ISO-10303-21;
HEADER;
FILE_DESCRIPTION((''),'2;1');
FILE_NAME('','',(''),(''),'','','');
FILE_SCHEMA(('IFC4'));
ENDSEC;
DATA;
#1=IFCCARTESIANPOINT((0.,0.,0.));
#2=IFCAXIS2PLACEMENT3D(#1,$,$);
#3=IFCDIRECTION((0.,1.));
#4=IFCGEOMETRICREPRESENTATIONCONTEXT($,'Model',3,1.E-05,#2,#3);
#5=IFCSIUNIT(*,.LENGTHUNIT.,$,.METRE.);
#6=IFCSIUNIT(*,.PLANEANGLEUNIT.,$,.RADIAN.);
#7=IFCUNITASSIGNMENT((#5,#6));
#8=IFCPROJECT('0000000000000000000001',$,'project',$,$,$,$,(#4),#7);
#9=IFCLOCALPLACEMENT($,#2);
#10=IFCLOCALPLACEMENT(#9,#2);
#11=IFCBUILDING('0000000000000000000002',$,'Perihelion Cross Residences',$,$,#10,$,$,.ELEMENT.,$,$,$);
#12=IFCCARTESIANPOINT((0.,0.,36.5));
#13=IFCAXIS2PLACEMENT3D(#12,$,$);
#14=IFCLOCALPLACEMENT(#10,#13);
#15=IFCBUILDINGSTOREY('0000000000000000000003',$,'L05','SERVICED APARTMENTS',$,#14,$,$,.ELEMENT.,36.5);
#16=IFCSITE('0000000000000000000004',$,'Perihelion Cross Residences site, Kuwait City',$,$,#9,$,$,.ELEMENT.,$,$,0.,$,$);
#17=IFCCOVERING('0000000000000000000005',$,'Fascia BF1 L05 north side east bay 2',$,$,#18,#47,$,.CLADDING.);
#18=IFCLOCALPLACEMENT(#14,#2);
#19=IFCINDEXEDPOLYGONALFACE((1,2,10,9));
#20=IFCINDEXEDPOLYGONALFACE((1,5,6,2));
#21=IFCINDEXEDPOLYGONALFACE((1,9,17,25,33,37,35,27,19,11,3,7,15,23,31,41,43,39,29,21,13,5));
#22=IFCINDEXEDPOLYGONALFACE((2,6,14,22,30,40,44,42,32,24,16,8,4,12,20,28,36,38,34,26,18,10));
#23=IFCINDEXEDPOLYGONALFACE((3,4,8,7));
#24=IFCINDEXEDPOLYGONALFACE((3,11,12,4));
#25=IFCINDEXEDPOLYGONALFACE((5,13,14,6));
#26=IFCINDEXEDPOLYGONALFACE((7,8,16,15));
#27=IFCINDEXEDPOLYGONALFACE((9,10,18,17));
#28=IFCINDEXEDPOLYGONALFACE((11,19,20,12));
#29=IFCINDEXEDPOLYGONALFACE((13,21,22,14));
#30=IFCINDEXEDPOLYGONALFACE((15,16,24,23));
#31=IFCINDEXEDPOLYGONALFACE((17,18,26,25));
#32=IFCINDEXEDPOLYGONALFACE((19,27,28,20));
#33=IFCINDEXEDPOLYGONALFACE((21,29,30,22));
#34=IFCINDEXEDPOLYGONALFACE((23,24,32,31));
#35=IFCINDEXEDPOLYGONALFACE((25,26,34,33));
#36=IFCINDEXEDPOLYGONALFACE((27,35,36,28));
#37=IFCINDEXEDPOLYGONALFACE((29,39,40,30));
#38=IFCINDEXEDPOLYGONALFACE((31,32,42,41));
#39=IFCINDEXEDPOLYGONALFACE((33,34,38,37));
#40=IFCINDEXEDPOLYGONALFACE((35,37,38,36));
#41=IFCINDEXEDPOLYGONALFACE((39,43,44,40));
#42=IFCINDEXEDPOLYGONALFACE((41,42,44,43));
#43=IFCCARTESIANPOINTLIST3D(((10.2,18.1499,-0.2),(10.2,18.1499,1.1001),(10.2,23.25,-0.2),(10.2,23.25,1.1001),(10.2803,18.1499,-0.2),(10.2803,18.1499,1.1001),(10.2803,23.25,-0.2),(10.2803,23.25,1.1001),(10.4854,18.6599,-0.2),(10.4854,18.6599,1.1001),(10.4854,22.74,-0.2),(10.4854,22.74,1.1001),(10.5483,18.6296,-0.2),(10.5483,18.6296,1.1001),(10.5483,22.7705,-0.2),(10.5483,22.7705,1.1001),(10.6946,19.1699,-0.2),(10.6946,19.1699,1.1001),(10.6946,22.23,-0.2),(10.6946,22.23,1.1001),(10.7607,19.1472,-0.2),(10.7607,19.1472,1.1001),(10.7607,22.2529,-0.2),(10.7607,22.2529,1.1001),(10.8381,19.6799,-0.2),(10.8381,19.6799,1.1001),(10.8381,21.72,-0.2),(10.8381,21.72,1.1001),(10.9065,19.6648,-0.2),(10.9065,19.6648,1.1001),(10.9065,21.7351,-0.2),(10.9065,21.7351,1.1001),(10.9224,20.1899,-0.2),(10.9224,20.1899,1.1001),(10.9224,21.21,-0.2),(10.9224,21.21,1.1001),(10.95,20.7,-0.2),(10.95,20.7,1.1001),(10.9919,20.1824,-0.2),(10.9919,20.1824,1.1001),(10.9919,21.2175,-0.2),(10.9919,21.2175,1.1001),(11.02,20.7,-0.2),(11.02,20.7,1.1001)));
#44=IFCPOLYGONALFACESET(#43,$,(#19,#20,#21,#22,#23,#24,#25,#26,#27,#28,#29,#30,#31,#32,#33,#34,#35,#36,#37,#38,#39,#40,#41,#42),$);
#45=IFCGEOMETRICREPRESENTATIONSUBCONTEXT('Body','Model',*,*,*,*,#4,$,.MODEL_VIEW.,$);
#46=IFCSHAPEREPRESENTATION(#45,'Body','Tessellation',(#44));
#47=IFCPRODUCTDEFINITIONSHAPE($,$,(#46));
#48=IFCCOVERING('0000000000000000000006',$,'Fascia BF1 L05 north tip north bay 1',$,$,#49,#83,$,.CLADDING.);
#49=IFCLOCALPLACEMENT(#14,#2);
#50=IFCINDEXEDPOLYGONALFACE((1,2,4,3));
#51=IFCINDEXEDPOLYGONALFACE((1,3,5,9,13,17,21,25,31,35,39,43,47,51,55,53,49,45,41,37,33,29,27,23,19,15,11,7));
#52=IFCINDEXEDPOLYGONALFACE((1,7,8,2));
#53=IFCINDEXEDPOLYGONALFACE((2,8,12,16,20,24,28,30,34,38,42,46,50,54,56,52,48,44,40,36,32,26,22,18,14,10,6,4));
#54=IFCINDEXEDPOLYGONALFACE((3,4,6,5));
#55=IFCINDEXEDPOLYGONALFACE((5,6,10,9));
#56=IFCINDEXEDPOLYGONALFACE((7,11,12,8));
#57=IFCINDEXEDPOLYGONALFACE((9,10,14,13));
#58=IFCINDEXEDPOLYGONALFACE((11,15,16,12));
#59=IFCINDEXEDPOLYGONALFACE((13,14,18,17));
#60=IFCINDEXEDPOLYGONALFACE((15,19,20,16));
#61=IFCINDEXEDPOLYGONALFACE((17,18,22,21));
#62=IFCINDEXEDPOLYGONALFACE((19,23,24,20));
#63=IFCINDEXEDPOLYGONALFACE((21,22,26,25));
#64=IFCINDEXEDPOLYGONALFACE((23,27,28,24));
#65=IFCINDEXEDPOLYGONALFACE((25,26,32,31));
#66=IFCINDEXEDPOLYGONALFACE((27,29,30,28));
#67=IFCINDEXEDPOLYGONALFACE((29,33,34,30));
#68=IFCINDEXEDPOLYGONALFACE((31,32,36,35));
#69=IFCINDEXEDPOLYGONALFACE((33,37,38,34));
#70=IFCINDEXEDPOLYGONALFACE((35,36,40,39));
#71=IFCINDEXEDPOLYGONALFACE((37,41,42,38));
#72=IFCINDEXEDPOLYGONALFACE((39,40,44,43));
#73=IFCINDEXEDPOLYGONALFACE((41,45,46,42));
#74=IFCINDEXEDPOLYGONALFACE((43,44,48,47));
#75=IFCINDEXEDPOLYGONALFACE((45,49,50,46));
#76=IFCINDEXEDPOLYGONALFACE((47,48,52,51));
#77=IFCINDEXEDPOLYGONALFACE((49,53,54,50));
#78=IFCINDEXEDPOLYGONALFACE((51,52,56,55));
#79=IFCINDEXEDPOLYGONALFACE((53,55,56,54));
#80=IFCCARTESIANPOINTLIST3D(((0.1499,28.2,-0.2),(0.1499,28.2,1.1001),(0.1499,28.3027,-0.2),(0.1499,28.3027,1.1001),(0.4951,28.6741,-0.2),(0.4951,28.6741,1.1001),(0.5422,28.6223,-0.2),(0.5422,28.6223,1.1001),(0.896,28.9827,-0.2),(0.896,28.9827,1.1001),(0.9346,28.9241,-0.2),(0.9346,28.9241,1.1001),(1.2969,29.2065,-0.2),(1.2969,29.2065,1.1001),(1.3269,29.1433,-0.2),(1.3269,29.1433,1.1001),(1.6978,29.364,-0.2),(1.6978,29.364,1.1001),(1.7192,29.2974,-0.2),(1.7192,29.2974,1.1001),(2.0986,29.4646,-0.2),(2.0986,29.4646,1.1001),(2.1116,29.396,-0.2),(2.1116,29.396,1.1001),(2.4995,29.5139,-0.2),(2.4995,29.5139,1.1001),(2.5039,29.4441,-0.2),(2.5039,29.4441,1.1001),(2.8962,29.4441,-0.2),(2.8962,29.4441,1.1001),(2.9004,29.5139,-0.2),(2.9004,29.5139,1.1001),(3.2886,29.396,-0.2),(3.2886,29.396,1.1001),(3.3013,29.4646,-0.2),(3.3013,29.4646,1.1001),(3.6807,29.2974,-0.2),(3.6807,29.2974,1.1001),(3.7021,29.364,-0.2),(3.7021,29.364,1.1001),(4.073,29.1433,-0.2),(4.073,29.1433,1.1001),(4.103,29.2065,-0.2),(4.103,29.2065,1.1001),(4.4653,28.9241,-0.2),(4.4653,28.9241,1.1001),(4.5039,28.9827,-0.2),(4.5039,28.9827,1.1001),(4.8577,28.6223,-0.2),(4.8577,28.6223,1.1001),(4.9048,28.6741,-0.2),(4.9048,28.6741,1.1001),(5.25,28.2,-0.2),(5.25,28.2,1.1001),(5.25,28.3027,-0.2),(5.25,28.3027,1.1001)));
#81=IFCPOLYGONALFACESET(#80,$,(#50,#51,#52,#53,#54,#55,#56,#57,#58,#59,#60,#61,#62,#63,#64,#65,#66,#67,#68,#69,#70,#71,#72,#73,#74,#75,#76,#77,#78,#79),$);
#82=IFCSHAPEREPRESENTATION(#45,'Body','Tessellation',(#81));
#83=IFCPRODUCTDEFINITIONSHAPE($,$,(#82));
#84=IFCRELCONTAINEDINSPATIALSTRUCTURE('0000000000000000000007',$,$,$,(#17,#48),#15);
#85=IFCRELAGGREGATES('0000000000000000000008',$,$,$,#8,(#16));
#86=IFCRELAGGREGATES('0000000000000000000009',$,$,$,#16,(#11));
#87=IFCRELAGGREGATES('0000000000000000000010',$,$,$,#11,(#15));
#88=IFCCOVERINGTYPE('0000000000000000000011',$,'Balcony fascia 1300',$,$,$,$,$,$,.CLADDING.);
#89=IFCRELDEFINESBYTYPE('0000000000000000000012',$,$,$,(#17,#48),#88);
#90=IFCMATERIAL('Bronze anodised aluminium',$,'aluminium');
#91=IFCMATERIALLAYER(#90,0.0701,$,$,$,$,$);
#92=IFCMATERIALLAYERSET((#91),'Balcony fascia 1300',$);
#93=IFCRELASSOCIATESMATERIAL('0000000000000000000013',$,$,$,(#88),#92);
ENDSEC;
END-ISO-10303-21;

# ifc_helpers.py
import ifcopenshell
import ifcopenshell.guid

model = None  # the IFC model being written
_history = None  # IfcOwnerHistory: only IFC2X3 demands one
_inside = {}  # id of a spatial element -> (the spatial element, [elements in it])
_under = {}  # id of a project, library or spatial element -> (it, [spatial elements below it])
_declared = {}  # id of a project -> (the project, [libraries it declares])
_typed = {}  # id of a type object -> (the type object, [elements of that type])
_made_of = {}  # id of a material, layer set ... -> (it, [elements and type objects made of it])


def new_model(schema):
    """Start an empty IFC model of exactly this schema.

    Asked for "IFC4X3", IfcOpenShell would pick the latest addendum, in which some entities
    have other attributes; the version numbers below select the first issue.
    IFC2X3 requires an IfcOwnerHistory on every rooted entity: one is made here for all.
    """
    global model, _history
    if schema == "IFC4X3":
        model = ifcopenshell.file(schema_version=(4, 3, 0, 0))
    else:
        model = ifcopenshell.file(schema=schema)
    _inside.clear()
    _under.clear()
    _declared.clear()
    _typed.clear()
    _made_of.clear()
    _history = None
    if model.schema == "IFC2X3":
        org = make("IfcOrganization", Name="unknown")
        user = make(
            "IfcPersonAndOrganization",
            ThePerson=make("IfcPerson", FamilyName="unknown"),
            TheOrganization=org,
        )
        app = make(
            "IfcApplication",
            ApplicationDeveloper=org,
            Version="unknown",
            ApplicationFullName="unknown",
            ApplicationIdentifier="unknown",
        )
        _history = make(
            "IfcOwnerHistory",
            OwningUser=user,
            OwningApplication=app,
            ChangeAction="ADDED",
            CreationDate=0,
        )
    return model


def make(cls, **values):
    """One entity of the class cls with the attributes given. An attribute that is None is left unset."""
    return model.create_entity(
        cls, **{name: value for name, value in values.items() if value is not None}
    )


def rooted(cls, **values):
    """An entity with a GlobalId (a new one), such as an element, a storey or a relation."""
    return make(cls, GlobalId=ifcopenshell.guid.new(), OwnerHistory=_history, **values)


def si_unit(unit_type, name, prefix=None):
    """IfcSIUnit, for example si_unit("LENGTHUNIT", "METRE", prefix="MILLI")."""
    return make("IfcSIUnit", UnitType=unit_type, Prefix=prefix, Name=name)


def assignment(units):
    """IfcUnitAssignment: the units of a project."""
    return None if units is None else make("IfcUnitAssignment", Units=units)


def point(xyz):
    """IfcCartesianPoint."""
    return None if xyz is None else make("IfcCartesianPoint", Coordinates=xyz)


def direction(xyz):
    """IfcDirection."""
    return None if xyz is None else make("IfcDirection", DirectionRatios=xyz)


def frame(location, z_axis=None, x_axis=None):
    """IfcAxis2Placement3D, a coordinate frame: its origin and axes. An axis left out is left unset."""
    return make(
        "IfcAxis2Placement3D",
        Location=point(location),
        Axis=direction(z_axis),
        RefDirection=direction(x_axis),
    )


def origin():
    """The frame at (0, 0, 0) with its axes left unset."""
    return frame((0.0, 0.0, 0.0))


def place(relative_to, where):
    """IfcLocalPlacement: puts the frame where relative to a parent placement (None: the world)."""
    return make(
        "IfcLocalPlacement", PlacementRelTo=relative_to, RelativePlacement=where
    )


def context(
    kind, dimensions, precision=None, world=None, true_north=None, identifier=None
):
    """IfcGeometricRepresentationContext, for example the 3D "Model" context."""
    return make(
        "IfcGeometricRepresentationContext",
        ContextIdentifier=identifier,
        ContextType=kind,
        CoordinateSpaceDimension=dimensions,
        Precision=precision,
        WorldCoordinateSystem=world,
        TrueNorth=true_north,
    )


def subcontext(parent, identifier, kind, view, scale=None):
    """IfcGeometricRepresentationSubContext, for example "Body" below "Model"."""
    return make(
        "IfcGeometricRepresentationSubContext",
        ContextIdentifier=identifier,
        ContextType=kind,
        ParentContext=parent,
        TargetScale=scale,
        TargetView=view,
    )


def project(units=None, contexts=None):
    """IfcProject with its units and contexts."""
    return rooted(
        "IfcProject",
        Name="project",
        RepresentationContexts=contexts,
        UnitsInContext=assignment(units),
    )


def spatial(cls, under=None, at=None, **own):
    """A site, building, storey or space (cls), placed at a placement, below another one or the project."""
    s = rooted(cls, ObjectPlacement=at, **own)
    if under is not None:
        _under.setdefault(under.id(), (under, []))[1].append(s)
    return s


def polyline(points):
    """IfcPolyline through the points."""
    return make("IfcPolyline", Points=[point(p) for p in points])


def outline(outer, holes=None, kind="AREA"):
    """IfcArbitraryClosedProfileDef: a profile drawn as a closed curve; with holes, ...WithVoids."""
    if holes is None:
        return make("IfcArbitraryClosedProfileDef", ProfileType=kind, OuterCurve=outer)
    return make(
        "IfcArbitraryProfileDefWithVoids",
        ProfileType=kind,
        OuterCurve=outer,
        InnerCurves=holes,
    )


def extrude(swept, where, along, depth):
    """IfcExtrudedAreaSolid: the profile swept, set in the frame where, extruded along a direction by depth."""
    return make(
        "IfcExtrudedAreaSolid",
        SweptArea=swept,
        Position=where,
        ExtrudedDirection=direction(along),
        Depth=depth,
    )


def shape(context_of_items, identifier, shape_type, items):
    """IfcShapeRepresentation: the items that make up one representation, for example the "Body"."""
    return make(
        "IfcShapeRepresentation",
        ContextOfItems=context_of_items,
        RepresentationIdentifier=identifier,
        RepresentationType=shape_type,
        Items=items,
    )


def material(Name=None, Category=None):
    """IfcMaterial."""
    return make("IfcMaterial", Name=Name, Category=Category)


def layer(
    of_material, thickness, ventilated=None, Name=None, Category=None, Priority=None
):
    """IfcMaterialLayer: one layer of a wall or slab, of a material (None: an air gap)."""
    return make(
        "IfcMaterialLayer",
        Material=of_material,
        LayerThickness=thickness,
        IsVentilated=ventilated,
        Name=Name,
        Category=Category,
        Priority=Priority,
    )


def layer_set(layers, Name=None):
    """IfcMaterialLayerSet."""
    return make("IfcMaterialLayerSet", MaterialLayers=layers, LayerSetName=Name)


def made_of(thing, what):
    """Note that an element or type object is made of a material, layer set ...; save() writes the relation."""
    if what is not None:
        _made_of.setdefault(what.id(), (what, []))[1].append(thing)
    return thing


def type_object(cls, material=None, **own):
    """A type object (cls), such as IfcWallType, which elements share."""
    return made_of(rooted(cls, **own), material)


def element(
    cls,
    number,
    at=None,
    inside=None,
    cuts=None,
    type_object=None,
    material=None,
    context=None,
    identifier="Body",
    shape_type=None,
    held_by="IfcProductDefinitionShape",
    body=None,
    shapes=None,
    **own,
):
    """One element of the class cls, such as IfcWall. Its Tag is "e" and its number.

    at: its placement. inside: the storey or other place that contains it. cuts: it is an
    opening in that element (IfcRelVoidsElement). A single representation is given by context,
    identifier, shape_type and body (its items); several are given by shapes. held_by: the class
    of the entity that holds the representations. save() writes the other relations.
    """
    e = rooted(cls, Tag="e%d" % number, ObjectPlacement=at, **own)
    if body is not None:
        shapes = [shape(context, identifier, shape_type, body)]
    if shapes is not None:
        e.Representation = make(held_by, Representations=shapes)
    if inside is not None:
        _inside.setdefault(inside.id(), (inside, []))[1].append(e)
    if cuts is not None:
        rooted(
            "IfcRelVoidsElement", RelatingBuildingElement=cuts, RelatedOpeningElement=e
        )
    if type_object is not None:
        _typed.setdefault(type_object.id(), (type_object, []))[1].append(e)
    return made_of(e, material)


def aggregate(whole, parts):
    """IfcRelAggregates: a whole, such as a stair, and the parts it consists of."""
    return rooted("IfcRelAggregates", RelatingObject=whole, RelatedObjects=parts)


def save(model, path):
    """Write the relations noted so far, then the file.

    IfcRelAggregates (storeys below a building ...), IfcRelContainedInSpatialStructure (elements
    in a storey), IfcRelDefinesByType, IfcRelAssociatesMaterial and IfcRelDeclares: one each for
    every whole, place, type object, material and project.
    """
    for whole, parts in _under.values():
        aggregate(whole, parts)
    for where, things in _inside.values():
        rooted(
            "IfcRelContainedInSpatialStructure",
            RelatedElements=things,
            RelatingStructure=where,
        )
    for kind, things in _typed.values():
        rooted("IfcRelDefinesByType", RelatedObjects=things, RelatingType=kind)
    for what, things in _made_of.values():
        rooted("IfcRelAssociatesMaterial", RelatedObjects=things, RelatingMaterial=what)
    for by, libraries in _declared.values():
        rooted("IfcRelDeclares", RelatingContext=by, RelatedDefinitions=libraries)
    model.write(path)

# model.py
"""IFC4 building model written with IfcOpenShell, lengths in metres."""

from ifc_helpers import new_model, si_unit, direction, frame, origin, place, context, subcontext, project, spatial, polyline, outline, extrude, material, layer, layer_set, type_object, element, save


model = new_model("IFC4")

# Units and contexts
model_context = context("Model", 3, precision=1e-05, world=origin(), true_north=direction((0.0, 1.0)))
body_context = subcontext(model_context, "Body", "Model", "MODEL_VIEW")
ifc_project = project(units=[si_unit("LENGTHUNIT", "METRE"), si_unit("PLANEANGLEUNIT", "RADIAN")], contexts=[model_context])

# Site, building, storey
site_placement = place(None, origin())
site = spatial("IfcSite", under=ifc_project, at=site_placement, Name="Perihelion Cross Residences site, Kuwait City", CompositionType="ELEMENT", RefElevation=0.0)
building_placement = place(site_placement, origin())
building = spatial("IfcBuilding", under=site, at=building_placement, Name="Perihelion Cross Residences", CompositionType="ELEMENT")
storey_placement = place(building_placement, frame((0.0, 0.0, 36.5)))
storey = spatial("IfcBuildingStorey", under=building, at=storey_placement, Name="L05", Description="SERVICED APARTMENTS", CompositionType="ELEMENT", Elevation=36.5)

# Coverings
ifc_material_1 = material(Name="Bronze anodised aluminium", Category="aluminium")
ifc_layer_1 = layer(ifc_material_1, 0.0701)
ifc_layer_set_1 = layer_set([ifc_layer_1], Name="Balcony fascia 1300")
covering_type = type_object("IfcCoveringType", Name="Balcony fascia 1300", PredefinedType="CLADDING", material=ifc_layer_set_1)
covering_1_placement = place(storey_placement, frame((0.0, 0.0, -0.2)))
element("IfcCovering", 1, at=covering_1_placement, inside=storey, type_object=covering_type, Name="Fascia BF1 L05 north side east bay 2", PredefinedType="CLADDING", context=body_context, shape_type="SweptSolid", body=[
    extrude(outline(polyline([(10.5483, 18.6296), (10.7607, 19.1472), (10.9065, 19.6648), (10.9919, 20.1824), (11.02, 20.7), (10.9919, 21.2175), (10.9065, 21.7351), (10.7607, 22.2529), (10.5483, 22.7705), (10.2803, 23.25), (10.2, 23.25), (10.4854, 22.74), (10.6946, 22.23), (10.8381, 21.72), (10.9224, 21.21), (10.95, 20.7), (10.9224, 20.1899), (10.8381, 19.6799), (10.6946, 19.1699), (10.4854, 18.6599), (10.2, 18.1499), (10.2803, 18.1499), (10.5483, 18.6296)])), origin(), (0.0, 0.0, 1.0), 1.3),
])
covering_2_placement = place(storey_placement, frame((0.0, 0.0, -0.2)))
element("IfcCovering", 2, at=covering_2_placement, inside=storey, type_object=covering_type, Name="Fascia BF1 L05 north tip north bay 1", PredefinedType="CLADDING", context=body_context, shape_type="SweptSolid", body=[
    extrude(outline(polyline([(4.9048, 28.6741), (4.5039, 28.9827), (4.103, 29.2065), (3.7021, 29.364), (3.3013, 29.4646), (2.9004, 29.5139), (2.4995, 29.5139), (2.0986, 29.4646), (1.6978, 29.364), (1.2969, 29.2065), (0.896, 28.9827), (0.4951, 28.6741), (0.1499, 28.3027), (0.1499, 28.2), (0.5422, 28.6223), (0.9346, 28.9241), (1.3269, 29.1433), (1.7192, 29.2974), (2.1116, 29.396), (2.5039, 29.4441), (2.8962, 29.4441), (3.2886, 29.396), (3.6807, 29.2974), (4.073, 29.1433), (4.4653, 28.9241), (4.8577, 28.6223), (5.25, 28.2), (5.25, 28.3027), (4.9048, 28.6741)])), origin(), (0.0, 0.0, 1.0), 1.3),
])

save(model, "model.ifc")
